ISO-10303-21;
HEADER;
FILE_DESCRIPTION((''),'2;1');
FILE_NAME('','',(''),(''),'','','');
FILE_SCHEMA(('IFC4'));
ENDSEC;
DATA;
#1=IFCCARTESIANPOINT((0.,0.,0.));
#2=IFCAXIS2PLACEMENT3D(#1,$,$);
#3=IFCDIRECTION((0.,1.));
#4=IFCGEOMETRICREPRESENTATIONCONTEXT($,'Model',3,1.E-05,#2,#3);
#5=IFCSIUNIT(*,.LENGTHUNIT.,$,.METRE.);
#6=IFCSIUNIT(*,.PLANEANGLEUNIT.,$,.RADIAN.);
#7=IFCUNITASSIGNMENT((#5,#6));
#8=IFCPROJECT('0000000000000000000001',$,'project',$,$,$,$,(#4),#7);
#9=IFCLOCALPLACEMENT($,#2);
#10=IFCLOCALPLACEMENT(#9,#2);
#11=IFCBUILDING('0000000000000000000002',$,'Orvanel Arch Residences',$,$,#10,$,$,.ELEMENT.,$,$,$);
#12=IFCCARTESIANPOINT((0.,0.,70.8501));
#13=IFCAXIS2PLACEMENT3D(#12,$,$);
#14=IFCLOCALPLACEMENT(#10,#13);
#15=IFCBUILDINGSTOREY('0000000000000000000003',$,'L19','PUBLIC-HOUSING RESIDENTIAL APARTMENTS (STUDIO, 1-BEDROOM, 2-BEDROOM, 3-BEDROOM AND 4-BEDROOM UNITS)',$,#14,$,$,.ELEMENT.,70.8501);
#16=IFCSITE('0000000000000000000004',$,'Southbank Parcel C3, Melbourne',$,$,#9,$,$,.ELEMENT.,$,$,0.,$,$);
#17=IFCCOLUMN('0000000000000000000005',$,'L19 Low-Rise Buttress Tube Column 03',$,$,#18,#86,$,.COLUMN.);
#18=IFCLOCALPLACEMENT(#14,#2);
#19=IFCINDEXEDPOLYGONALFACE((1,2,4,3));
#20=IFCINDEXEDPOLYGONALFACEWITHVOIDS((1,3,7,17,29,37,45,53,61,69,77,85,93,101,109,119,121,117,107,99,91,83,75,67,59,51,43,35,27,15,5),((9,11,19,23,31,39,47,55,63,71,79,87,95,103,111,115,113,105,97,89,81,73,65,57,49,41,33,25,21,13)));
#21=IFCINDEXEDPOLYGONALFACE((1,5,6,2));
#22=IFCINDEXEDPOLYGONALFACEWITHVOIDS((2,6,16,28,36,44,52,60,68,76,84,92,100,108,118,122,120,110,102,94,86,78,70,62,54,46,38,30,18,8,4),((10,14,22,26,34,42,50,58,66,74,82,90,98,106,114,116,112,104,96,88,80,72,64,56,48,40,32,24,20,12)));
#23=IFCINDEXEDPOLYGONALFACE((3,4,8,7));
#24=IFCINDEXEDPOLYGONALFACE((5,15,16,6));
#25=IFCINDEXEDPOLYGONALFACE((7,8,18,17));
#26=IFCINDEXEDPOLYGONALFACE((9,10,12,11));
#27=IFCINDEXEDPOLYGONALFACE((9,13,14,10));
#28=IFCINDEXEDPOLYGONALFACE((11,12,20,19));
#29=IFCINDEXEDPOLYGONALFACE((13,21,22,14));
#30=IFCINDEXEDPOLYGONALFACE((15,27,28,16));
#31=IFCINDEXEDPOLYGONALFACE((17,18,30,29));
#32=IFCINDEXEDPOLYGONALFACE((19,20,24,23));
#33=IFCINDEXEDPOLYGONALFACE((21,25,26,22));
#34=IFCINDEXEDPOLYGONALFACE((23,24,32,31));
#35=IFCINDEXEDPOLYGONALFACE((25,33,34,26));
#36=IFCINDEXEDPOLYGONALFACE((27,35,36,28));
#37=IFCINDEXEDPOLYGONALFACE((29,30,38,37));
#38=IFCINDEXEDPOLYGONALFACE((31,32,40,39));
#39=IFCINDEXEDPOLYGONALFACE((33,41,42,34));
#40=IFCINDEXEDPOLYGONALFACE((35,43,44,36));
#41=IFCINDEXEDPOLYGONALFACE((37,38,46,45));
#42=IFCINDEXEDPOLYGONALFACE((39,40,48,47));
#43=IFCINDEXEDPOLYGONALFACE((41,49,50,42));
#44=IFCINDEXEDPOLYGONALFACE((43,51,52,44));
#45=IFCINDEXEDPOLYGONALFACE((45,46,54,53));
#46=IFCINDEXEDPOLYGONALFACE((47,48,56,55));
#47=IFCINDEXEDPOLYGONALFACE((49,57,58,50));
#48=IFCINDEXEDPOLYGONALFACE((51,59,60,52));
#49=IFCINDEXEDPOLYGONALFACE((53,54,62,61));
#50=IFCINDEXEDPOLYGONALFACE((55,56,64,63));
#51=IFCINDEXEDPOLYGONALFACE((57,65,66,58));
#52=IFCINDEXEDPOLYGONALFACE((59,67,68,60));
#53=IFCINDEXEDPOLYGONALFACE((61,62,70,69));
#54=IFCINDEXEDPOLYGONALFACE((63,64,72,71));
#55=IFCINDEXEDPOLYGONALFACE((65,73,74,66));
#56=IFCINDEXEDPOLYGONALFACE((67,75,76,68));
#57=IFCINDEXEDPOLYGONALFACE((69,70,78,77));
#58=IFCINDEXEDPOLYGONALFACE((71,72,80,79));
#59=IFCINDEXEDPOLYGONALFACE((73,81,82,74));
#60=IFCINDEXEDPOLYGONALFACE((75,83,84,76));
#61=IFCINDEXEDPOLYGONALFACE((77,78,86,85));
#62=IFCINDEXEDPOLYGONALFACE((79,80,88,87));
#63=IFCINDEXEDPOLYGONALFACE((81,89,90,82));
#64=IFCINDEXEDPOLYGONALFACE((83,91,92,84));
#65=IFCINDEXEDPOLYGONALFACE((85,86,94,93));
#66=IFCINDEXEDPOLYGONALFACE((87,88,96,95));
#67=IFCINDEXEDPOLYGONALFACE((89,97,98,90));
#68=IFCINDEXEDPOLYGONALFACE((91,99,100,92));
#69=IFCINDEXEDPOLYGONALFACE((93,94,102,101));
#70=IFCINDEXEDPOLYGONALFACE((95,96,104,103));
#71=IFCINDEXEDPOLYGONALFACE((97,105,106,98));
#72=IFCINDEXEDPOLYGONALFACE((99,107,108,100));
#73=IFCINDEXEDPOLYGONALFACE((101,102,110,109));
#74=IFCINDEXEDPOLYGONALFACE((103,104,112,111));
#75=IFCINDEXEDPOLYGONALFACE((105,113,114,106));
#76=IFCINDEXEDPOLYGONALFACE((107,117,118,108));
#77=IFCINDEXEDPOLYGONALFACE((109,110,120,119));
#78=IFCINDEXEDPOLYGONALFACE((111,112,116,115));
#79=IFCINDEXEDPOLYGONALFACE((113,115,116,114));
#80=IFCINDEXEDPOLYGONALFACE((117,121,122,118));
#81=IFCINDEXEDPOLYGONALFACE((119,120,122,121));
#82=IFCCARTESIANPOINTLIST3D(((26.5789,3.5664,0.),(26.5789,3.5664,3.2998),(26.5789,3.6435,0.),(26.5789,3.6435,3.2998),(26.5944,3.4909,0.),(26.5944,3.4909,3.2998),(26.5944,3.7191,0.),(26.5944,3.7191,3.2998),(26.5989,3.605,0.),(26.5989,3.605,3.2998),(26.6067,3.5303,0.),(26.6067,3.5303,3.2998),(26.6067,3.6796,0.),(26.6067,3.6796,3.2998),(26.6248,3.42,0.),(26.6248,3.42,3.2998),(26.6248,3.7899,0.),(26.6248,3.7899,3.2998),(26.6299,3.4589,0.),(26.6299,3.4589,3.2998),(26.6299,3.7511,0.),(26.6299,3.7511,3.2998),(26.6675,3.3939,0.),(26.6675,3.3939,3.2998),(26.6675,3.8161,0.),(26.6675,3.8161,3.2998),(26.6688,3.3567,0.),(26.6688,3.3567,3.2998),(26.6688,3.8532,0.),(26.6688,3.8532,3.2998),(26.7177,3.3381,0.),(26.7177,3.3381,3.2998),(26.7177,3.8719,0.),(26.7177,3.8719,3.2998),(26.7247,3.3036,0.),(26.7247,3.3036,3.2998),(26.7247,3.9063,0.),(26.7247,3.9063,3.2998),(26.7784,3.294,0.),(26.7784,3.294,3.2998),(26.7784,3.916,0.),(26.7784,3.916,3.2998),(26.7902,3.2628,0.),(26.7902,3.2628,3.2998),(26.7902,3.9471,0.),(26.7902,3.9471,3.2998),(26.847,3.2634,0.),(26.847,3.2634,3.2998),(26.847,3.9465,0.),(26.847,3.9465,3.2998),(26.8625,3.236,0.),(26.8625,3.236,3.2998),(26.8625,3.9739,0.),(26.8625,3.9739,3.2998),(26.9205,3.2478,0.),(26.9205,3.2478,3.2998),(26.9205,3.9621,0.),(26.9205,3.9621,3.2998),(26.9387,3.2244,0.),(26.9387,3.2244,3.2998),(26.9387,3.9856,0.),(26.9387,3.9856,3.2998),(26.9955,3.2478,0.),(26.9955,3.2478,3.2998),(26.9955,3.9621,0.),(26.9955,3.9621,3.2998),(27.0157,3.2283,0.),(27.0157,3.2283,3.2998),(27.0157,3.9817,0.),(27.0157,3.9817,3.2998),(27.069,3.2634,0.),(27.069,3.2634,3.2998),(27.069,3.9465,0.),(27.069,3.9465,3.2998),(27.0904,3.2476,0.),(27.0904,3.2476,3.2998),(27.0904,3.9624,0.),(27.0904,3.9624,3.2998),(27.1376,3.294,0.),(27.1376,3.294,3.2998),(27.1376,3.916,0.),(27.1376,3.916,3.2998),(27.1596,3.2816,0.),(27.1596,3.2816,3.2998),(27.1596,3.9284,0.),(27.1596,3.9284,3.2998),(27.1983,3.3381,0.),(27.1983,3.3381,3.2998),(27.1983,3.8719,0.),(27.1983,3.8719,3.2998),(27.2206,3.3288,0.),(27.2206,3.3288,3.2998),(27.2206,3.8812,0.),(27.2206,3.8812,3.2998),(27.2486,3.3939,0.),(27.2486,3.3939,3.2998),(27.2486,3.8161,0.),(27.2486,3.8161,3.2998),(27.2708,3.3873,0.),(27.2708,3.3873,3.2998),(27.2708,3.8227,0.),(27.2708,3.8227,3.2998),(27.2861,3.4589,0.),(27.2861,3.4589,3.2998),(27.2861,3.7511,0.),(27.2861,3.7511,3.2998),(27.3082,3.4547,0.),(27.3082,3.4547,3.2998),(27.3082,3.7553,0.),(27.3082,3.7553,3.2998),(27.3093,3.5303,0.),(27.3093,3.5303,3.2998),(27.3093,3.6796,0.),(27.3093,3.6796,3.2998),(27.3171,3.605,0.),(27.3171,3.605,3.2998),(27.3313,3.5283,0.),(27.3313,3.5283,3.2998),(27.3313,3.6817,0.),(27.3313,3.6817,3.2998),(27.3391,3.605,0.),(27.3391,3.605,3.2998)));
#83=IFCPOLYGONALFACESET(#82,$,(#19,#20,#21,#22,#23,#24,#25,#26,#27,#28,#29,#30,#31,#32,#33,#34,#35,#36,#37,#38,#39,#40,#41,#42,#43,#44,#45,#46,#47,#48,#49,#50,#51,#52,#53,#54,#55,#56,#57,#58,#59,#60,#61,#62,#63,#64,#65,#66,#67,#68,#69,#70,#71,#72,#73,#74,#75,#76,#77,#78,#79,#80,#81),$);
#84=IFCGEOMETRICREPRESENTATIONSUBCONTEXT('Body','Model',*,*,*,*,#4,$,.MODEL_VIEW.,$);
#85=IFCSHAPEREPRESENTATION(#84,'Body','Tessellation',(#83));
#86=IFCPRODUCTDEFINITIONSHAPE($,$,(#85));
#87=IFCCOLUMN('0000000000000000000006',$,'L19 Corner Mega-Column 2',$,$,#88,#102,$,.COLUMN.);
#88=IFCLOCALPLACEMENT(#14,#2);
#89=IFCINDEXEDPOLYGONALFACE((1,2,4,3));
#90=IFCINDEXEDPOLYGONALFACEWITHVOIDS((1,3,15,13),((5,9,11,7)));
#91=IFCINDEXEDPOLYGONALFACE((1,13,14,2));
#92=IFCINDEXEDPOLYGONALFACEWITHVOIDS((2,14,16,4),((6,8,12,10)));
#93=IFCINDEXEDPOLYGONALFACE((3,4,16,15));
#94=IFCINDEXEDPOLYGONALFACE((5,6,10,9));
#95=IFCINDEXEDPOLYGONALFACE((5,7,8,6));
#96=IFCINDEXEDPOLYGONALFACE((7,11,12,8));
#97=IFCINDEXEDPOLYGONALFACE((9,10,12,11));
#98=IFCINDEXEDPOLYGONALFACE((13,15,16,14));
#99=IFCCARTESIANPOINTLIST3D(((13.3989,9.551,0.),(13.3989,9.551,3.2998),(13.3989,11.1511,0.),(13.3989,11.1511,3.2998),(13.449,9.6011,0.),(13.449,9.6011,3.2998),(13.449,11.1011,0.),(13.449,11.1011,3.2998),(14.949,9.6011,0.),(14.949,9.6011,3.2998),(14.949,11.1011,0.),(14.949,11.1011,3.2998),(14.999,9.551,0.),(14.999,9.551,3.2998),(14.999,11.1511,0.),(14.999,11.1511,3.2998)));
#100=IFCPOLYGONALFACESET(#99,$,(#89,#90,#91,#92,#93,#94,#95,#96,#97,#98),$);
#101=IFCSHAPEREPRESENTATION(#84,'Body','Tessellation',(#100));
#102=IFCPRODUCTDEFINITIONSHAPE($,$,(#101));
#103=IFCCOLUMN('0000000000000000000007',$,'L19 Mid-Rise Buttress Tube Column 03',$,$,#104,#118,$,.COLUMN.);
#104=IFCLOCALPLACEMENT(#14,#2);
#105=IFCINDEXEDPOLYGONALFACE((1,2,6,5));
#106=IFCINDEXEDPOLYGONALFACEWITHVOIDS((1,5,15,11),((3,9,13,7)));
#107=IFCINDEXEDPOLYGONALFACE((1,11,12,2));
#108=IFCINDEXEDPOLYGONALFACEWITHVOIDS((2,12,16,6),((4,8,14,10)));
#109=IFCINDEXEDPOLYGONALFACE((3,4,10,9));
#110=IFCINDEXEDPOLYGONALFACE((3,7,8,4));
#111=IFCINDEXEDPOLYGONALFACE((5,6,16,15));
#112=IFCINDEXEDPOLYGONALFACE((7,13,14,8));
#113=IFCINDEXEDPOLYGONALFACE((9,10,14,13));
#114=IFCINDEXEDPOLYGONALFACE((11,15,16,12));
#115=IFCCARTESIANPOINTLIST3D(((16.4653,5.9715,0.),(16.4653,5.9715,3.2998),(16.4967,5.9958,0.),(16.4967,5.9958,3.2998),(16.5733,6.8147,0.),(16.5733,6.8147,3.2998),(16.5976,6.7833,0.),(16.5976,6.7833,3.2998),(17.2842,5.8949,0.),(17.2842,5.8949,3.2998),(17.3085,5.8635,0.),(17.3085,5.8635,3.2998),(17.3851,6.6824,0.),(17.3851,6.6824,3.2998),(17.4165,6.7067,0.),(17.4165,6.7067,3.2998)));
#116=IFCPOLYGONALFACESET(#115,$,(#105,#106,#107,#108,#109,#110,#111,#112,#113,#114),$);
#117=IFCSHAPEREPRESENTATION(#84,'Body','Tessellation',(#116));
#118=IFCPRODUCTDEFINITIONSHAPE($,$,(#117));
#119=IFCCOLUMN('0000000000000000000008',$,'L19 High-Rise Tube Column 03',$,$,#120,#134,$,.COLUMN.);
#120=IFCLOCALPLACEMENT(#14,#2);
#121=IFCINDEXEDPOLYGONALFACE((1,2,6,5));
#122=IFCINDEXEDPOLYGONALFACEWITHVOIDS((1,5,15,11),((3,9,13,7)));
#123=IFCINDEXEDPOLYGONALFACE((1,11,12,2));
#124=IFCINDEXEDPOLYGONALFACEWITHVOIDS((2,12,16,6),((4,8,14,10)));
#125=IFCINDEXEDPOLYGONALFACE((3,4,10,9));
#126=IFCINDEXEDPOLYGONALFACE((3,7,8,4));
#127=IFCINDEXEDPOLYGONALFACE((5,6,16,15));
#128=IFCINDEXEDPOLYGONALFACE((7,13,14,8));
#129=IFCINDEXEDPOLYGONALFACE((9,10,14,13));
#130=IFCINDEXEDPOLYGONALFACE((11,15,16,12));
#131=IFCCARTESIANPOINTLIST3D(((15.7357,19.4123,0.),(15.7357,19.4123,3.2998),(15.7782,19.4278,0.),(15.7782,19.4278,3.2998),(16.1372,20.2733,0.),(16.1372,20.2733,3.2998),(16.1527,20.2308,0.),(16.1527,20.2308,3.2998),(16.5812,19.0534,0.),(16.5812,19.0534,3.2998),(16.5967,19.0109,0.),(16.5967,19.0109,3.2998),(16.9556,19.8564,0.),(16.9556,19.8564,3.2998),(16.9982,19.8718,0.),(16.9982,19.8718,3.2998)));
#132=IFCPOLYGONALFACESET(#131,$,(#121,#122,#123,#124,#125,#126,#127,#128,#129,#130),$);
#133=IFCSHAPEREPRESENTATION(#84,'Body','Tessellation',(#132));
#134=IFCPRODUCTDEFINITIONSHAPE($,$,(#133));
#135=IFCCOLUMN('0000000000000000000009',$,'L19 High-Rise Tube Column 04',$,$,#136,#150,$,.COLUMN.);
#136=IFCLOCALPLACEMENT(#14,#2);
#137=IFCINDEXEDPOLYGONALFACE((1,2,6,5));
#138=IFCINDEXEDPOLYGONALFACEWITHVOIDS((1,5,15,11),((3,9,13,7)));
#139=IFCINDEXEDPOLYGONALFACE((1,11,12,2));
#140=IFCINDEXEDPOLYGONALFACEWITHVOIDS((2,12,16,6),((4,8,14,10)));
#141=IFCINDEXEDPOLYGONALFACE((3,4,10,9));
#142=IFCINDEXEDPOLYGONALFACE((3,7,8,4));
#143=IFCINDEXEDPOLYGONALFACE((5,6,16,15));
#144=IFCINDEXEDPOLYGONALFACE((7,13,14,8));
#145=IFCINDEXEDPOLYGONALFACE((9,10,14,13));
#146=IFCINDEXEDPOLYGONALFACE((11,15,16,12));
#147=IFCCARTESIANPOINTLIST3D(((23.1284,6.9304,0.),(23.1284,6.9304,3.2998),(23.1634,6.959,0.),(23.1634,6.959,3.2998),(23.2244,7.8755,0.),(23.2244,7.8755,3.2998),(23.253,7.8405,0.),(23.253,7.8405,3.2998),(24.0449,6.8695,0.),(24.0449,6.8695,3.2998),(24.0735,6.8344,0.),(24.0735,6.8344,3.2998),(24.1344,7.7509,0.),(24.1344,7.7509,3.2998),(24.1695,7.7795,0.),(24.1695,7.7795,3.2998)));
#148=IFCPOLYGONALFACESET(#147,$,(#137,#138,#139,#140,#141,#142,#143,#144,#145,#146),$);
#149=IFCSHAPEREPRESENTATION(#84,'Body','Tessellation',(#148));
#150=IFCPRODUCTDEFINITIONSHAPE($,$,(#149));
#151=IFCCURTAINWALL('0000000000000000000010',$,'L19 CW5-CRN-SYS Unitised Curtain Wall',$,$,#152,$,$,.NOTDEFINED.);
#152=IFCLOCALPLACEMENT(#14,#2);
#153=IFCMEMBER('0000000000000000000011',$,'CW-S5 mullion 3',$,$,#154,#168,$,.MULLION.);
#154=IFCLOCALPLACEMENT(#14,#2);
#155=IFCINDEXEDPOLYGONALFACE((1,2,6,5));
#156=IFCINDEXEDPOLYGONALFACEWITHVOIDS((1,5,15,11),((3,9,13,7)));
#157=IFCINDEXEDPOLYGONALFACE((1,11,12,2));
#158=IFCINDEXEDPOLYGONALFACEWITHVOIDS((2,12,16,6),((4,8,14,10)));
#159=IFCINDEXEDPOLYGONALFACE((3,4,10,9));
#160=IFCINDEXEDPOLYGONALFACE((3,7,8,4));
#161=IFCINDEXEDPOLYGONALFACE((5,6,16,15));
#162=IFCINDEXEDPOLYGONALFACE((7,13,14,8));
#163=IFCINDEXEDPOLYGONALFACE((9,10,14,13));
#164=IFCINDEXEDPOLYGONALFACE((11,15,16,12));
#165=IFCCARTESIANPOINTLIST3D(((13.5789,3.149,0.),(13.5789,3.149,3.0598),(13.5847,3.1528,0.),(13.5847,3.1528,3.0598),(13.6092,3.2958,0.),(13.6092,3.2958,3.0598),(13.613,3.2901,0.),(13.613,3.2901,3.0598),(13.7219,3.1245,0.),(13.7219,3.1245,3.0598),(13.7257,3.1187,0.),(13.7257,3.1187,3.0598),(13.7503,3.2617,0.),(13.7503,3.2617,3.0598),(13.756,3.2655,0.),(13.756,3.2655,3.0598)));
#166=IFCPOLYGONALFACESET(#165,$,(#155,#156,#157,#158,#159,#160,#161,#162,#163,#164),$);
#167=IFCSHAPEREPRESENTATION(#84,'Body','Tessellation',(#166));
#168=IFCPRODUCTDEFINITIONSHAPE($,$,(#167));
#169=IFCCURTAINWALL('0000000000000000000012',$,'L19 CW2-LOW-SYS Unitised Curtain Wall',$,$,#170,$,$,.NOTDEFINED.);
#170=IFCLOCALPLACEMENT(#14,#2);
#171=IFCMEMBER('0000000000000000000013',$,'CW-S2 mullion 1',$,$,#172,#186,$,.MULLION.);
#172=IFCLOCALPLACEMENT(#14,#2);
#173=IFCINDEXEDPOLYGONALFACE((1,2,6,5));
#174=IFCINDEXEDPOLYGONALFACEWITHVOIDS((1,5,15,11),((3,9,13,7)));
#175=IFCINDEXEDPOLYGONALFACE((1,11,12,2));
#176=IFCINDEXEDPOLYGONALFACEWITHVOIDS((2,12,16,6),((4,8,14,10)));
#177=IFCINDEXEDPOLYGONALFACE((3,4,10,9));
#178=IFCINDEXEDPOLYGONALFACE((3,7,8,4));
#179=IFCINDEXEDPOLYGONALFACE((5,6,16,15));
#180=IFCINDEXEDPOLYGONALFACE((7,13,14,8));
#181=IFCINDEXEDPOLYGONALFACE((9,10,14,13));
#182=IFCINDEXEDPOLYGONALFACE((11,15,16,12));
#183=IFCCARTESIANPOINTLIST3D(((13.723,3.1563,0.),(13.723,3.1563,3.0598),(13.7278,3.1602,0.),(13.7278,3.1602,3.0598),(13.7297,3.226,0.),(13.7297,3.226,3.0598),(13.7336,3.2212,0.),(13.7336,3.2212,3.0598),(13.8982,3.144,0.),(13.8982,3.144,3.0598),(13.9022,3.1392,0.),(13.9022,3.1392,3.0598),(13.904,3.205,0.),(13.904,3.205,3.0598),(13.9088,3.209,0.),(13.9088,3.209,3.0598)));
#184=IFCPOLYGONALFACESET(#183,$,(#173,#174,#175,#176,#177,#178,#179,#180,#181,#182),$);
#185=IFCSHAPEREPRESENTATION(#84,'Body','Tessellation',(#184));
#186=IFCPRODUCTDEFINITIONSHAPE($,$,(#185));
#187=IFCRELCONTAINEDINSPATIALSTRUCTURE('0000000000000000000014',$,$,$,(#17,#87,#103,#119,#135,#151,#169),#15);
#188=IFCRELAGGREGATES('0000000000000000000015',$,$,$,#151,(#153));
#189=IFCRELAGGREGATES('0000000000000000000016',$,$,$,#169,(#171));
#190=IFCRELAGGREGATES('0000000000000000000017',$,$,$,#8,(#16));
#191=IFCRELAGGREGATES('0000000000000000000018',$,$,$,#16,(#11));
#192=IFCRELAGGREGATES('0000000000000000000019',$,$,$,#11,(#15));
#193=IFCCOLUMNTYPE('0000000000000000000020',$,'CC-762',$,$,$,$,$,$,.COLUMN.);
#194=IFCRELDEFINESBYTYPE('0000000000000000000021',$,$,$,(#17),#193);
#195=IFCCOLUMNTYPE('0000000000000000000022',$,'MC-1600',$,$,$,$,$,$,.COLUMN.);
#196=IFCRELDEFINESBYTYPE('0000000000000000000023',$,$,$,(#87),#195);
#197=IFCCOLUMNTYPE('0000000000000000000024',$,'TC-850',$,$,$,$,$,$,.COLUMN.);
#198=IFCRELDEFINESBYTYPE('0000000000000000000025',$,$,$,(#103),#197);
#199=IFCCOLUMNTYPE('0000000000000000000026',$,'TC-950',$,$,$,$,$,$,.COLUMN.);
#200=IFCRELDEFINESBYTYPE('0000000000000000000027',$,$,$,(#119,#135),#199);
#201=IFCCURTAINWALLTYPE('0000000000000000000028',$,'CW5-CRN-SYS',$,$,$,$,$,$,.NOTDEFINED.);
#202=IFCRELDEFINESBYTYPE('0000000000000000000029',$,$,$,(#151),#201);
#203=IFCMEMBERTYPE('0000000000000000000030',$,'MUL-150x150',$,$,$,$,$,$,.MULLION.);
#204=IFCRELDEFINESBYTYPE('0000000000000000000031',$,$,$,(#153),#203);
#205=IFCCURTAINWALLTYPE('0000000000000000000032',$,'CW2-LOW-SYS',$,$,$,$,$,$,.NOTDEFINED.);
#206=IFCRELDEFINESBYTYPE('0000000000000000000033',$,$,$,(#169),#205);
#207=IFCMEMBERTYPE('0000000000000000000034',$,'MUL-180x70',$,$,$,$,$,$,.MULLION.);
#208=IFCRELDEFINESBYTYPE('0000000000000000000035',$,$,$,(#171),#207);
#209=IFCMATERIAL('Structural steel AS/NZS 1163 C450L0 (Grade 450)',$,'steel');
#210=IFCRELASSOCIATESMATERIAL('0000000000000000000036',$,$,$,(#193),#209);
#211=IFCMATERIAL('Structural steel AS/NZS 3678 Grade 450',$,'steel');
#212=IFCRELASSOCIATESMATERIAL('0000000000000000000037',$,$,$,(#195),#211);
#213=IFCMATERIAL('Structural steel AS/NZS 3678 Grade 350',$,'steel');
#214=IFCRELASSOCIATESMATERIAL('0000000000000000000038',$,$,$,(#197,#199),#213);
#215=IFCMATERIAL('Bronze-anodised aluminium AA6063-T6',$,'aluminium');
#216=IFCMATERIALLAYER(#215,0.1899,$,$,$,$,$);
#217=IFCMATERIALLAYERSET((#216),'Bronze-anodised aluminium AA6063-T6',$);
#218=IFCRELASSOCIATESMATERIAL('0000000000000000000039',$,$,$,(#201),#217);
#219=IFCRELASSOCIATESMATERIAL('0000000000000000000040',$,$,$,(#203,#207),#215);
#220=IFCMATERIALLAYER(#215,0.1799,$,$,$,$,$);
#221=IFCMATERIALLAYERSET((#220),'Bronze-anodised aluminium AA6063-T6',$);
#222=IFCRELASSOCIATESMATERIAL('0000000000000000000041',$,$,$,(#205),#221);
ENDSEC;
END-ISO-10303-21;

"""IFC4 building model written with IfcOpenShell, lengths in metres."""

from ifc_helpers import new_model, si_unit, direction, frame, origin, origin_2d, place, context, subcontext, project, spatial, hollow_rectangle, hollow_circle, extrude, material, layer, layer_set, material_profile, profile_set, type_object, element, aggregate, save


model = new_model("IFC4")

# Units and contexts
model_context = context("Model", 3, precision=1e-05, world=origin(), true_north=direction((0.0, 1.0)))
body_context = subcontext(model_context, "Body", "Model", "MODEL_VIEW")
ifc_project = project(units=[si_unit("LENGTHUNIT", "METRE"), si_unit("PLANEANGLEUNIT", "RADIAN")], contexts=[model_context])

# Site, building, storey
site_placement = place(None, origin())
site = spatial("IfcSite", under=ifc_project, at=site_placement, Name="Southbank Parcel C3, Melbourne", CompositionType="ELEMENT", RefElevation=0.0)
building_placement = place(site_placement, origin())
building = spatial("IfcBuilding", under=site, at=building_placement, Name="Orvanel Arch Residences", CompositionType="ELEMENT")
storey_placement = place(building_placement, frame((0.0, 0.0, 70.8501)))
storey = spatial("IfcBuildingStorey", under=building, at=storey_placement, Name="L19", Description="PUBLIC-HOUSING RESIDENTIAL APARTMENTS (STUDIO, 1-BEDROOM, 2-BEDROOM, 3-BEDROOM AND 4-BEDROOM UNITS)", CompositionType="ELEMENT", Elevation=70.8501)

# Columns
ifc_material_1 = material(Name="Structural steel AS/NZS 1163 C450L0 (Grade 450)", Category="steel")
ifc_material_profile_1 = material_profile(ifc_material_1, hollow_circle(Radius=0.3811, WallThickness=0.022, at=origin_2d()), Name="CHS762x22")
ifc_profile_set_1 = profile_set([ifc_material_profile_1], Name="Structural steel AS/NZS 1163 C450L0 (Grade 450)")
column_type_1 = type_object("IfcColumnType", Name="CC-762", PredefinedType="COLUMN", material=ifc_profile_set_1)
column_1_placement = place(storey_placement, frame((26.958, 3.605, 0.0), z_axis=(0.0, 0.0, 1.0), x_axis=(1.0, 0.0, 0.0)))
element("IfcColumn", 1, at=column_1_placement, inside=storey, type_object=column_type_1, Name="L19 Low-Rise Buttress Tube Column 03", PredefinedType="COLUMN", context=body_context, shape_type="SweptSolid", body=[
    extrude(hollow_circle(Radius=0.3811, WallThickness=0.022, at=origin_2d()), origin(), (0.0, 0.0, 1.0), 3.2998),
])
ifc_material_2 = material(Name="Structural steel AS/NZS 3678 Grade 450", Category="steel")
ifc_material_profile_2 = material_profile(ifc_material_2, hollow_rectangle(XDim=1.6001, YDim=1.6001, WallThickness=0.05, at=origin_2d()), Name="BOX1600x1600x50")
ifc_profile_set_2 = profile_set([ifc_material_profile_2], Name="Structural steel AS/NZS 3678 Grade 450")
column_type_2 = type_object("IfcColumnType", Name="MC-1600", PredefinedType="COLUMN", material=ifc_profile_set_2)
column_2_placement = place(storey_placement, frame((14.199, 10.3511, 0.0), z_axis=(0.0, 0.0, 1.0), x_axis=(1.0, 0.0, 0.0)))
element("IfcColumn", 2, at=column_2_placement, inside=storey, type_object=column_type_2, Name="L19 Corner Mega-Column 2", PredefinedType="COLUMN", context=body_context, shape_type="SweptSolid", body=[
    extrude(hollow_rectangle(XDim=1.6001, YDim=1.6001, WallThickness=0.05, at=origin_2d()), origin(), (0.0, 0.0, 1.0), 3.2998),
])
ifc_material_3 = material(Name="Structural steel AS/NZS 3678 Grade 350", Category="steel")
ifc_material_profile_3 = material_profile(ifc_material_3, hollow_rectangle(XDim=0.8501, YDim=0.8501, WallThickness=0.0281, at=origin_2d()), Name="BOX850x850x28")
ifc_profile_set_3 = profile_set([ifc_material_profile_3], Name="Structural steel AS/NZS 3678 Grade 350")
column_type_3 = type_object("IfcColumnType", Name="TC-850", PredefinedType="COLUMN", material=ifc_profile_set_3)
column_3_placement = place(storey_placement, frame((16.9409, 6.3391, 0.0), z_axis=(0.0, 0.0, 1.0), x_axis=(-0.991894, 0.127065, 0.0)))
element("IfcColumn", 3, at=column_3_placement, inside=storey, type_object=column_type_3, Name="L19 Mid-Rise Buttress Tube Column 03", PredefinedType="COLUMN", context=body_context, shape_type="SweptSolid", body=[
    extrude(hollow_rectangle(XDim=0.8501, YDim=0.8501, WallThickness=0.0281, at=origin_2d()), origin(), (0.0, 0.0, 1.0), 3.2998),
])
ifc_material_profile_4 = material_profile(ifc_material_3, hollow_rectangle(XDim=0.95, YDim=0.95, WallThickness=0.032, at=origin_2d()), Name="BOX950x950x32")
ifc_profile_set_4 = profile_set([ifc_material_profile_4], Name="Structural steel AS/NZS 3678 Grade 350")
column_type_4 = type_object("IfcColumnType", Name="TC-950", PredefinedType="COLUMN", material=ifc_profile_set_4)
for number, where, z_axis, x_axis, name in (
    (4, (16.3669, 19.6421, 0.0), (0.0, 0.0, 1.0), (0.422618, 0.906308, 0.0), "L19 High-Rise Tube Column 03"),
    (5, (23.6489, 7.355, 0.0), (0.0, 0.0, 1.0), (-0.994881, 0.101056, 0.0), "L19 High-Rise Tube Column 04"),
):
    element("IfcColumn", number, at=place(storey_placement, frame(where, z_axis=z_axis, x_axis=x_axis)), inside=storey, type_object=column_type_4, Name=name, PredefinedType="COLUMN", context=body_context, shape_type="SweptSolid", body=[
        extrude(hollow_rectangle(XDim=0.95, YDim=0.95, WallThickness=0.032, at=origin_2d()), origin(), (0.0, 0.0, 1.0), 3.2998),
    ])

# Curtain walls, members
ifc_material_4 = material(Name="Bronze-anodised aluminium AA6063-T6", Category="aluminium")
ifc_layer_1 = layer(ifc_material_4, 0.1899)
ifc_layer_set_1 = layer_set([ifc_layer_1], Name="Bronze-anodised aluminium AA6063-T6")
curtain_wall_type_1 = type_object("IfcCurtainWallType", Name="CW5-CRN-SYS", PredefinedType="NOTDEFINED", material=ifc_layer_set_1)
curtain_wall_1_placement = place(storey_placement, origin())
curtain_wall_1 = element("IfcCurtainWall", 6, at=curtain_wall_1_placement, inside=storey, type_object=curtain_wall_type_1, Name="L19 CW5-CRN-SYS Unitised Curtain Wall", PredefinedType="NOTDEFINED")
ifc_material_profile_5 = material_profile(ifc_material_4, hollow_rectangle(XDim=0.1499, YDim=0.1499, WallThickness=0.0049, at=origin_2d()), Name="ALU150x150x5")
ifc_profile_set_5 = profile_set([ifc_material_profile_5], Name="Bronze-anodised aluminium AA6063-T6")
member_type_1 = type_object("IfcMemberType", Name="MUL-150x150", PredefinedType="MULLION", material=ifc_profile_set_5)
member_1_placement = place(storey_placement, frame((13.6675, 3.2073, 0.0), z_axis=(0.0, 0.0, 1.0), x_axis=(0.202302, 0.979323, 0.0)))
member_1 = element("IfcMember", 7, at=member_1_placement, type_object=member_type_1, Name="CW-S5 mullion 3", PredefinedType="MULLION", context=body_context, shape_type="SweptSolid", body=[
    extrude(hollow_rectangle(XDim=0.1499, YDim=0.1499, WallThickness=0.0049, at=origin_2d()), origin(), (0.0, 0.0, 1.0), 3.0598),
])
aggregate(curtain_wall_1, [member_1])
ifc_layer_2 = layer(ifc_material_4, 0.1799)
ifc_layer_set_2 = layer_set([ifc_layer_2], Name="Bronze-anodised aluminium AA6063-T6")
curtain_wall_type_2 = type_object("IfcCurtainWallType", Name="CW2-LOW-SYS", PredefinedType="NOTDEFINED", material=ifc_layer_set_2)
curtain_wall_2_placement = place(storey_placement, origin())
curtain_wall_2 = element("IfcCurtainWall", 8, at=curtain_wall_2_placement, inside=storey, type_object=curtain_wall_type_2, Name="L19 CW2-LOW-SYS Unitised Curtain Wall", PredefinedType="NOTDEFINED")
ifc_material_profile_6 = material_profile(ifc_material_4, hollow_rectangle(XDim=0.0701, YDim=0.1799, WallThickness=0.0044, at=origin_2d()), Name="ALU180x70x4.5")
ifc_profile_set_6 = profile_set([ifc_material_profile_6], Name="Bronze-anodised aluminium AA6063-T6")
member_type_2 = type_object("IfcMemberType", Name="MUL-180x70", PredefinedType="MULLION", material=ifc_profile_set_6)
member_2_placement = place(storey_placement, frame((13.8159, 3.1826, 0.0), z_axis=(0.0, 0.0, 1.0), x_axis=(0.094831, 0.995493, 0.0)))
member_2 = element("IfcMember", 9, at=member_2_placement, type_object=member_type_2, Name="CW-S2 mullion 1", PredefinedType="MULLION", context=body_context, shape_type="SweptSolid", body=[
    extrude(hollow_rectangle(XDim=0.0701, YDim=0.1799, WallThickness=0.0044, at=origin_2d()), origin(), (0.0, 0.0, 1.0), 3.0598),
])

aggregate(curtain_wall_2, [member_2])

save(model, "model.ifc")
